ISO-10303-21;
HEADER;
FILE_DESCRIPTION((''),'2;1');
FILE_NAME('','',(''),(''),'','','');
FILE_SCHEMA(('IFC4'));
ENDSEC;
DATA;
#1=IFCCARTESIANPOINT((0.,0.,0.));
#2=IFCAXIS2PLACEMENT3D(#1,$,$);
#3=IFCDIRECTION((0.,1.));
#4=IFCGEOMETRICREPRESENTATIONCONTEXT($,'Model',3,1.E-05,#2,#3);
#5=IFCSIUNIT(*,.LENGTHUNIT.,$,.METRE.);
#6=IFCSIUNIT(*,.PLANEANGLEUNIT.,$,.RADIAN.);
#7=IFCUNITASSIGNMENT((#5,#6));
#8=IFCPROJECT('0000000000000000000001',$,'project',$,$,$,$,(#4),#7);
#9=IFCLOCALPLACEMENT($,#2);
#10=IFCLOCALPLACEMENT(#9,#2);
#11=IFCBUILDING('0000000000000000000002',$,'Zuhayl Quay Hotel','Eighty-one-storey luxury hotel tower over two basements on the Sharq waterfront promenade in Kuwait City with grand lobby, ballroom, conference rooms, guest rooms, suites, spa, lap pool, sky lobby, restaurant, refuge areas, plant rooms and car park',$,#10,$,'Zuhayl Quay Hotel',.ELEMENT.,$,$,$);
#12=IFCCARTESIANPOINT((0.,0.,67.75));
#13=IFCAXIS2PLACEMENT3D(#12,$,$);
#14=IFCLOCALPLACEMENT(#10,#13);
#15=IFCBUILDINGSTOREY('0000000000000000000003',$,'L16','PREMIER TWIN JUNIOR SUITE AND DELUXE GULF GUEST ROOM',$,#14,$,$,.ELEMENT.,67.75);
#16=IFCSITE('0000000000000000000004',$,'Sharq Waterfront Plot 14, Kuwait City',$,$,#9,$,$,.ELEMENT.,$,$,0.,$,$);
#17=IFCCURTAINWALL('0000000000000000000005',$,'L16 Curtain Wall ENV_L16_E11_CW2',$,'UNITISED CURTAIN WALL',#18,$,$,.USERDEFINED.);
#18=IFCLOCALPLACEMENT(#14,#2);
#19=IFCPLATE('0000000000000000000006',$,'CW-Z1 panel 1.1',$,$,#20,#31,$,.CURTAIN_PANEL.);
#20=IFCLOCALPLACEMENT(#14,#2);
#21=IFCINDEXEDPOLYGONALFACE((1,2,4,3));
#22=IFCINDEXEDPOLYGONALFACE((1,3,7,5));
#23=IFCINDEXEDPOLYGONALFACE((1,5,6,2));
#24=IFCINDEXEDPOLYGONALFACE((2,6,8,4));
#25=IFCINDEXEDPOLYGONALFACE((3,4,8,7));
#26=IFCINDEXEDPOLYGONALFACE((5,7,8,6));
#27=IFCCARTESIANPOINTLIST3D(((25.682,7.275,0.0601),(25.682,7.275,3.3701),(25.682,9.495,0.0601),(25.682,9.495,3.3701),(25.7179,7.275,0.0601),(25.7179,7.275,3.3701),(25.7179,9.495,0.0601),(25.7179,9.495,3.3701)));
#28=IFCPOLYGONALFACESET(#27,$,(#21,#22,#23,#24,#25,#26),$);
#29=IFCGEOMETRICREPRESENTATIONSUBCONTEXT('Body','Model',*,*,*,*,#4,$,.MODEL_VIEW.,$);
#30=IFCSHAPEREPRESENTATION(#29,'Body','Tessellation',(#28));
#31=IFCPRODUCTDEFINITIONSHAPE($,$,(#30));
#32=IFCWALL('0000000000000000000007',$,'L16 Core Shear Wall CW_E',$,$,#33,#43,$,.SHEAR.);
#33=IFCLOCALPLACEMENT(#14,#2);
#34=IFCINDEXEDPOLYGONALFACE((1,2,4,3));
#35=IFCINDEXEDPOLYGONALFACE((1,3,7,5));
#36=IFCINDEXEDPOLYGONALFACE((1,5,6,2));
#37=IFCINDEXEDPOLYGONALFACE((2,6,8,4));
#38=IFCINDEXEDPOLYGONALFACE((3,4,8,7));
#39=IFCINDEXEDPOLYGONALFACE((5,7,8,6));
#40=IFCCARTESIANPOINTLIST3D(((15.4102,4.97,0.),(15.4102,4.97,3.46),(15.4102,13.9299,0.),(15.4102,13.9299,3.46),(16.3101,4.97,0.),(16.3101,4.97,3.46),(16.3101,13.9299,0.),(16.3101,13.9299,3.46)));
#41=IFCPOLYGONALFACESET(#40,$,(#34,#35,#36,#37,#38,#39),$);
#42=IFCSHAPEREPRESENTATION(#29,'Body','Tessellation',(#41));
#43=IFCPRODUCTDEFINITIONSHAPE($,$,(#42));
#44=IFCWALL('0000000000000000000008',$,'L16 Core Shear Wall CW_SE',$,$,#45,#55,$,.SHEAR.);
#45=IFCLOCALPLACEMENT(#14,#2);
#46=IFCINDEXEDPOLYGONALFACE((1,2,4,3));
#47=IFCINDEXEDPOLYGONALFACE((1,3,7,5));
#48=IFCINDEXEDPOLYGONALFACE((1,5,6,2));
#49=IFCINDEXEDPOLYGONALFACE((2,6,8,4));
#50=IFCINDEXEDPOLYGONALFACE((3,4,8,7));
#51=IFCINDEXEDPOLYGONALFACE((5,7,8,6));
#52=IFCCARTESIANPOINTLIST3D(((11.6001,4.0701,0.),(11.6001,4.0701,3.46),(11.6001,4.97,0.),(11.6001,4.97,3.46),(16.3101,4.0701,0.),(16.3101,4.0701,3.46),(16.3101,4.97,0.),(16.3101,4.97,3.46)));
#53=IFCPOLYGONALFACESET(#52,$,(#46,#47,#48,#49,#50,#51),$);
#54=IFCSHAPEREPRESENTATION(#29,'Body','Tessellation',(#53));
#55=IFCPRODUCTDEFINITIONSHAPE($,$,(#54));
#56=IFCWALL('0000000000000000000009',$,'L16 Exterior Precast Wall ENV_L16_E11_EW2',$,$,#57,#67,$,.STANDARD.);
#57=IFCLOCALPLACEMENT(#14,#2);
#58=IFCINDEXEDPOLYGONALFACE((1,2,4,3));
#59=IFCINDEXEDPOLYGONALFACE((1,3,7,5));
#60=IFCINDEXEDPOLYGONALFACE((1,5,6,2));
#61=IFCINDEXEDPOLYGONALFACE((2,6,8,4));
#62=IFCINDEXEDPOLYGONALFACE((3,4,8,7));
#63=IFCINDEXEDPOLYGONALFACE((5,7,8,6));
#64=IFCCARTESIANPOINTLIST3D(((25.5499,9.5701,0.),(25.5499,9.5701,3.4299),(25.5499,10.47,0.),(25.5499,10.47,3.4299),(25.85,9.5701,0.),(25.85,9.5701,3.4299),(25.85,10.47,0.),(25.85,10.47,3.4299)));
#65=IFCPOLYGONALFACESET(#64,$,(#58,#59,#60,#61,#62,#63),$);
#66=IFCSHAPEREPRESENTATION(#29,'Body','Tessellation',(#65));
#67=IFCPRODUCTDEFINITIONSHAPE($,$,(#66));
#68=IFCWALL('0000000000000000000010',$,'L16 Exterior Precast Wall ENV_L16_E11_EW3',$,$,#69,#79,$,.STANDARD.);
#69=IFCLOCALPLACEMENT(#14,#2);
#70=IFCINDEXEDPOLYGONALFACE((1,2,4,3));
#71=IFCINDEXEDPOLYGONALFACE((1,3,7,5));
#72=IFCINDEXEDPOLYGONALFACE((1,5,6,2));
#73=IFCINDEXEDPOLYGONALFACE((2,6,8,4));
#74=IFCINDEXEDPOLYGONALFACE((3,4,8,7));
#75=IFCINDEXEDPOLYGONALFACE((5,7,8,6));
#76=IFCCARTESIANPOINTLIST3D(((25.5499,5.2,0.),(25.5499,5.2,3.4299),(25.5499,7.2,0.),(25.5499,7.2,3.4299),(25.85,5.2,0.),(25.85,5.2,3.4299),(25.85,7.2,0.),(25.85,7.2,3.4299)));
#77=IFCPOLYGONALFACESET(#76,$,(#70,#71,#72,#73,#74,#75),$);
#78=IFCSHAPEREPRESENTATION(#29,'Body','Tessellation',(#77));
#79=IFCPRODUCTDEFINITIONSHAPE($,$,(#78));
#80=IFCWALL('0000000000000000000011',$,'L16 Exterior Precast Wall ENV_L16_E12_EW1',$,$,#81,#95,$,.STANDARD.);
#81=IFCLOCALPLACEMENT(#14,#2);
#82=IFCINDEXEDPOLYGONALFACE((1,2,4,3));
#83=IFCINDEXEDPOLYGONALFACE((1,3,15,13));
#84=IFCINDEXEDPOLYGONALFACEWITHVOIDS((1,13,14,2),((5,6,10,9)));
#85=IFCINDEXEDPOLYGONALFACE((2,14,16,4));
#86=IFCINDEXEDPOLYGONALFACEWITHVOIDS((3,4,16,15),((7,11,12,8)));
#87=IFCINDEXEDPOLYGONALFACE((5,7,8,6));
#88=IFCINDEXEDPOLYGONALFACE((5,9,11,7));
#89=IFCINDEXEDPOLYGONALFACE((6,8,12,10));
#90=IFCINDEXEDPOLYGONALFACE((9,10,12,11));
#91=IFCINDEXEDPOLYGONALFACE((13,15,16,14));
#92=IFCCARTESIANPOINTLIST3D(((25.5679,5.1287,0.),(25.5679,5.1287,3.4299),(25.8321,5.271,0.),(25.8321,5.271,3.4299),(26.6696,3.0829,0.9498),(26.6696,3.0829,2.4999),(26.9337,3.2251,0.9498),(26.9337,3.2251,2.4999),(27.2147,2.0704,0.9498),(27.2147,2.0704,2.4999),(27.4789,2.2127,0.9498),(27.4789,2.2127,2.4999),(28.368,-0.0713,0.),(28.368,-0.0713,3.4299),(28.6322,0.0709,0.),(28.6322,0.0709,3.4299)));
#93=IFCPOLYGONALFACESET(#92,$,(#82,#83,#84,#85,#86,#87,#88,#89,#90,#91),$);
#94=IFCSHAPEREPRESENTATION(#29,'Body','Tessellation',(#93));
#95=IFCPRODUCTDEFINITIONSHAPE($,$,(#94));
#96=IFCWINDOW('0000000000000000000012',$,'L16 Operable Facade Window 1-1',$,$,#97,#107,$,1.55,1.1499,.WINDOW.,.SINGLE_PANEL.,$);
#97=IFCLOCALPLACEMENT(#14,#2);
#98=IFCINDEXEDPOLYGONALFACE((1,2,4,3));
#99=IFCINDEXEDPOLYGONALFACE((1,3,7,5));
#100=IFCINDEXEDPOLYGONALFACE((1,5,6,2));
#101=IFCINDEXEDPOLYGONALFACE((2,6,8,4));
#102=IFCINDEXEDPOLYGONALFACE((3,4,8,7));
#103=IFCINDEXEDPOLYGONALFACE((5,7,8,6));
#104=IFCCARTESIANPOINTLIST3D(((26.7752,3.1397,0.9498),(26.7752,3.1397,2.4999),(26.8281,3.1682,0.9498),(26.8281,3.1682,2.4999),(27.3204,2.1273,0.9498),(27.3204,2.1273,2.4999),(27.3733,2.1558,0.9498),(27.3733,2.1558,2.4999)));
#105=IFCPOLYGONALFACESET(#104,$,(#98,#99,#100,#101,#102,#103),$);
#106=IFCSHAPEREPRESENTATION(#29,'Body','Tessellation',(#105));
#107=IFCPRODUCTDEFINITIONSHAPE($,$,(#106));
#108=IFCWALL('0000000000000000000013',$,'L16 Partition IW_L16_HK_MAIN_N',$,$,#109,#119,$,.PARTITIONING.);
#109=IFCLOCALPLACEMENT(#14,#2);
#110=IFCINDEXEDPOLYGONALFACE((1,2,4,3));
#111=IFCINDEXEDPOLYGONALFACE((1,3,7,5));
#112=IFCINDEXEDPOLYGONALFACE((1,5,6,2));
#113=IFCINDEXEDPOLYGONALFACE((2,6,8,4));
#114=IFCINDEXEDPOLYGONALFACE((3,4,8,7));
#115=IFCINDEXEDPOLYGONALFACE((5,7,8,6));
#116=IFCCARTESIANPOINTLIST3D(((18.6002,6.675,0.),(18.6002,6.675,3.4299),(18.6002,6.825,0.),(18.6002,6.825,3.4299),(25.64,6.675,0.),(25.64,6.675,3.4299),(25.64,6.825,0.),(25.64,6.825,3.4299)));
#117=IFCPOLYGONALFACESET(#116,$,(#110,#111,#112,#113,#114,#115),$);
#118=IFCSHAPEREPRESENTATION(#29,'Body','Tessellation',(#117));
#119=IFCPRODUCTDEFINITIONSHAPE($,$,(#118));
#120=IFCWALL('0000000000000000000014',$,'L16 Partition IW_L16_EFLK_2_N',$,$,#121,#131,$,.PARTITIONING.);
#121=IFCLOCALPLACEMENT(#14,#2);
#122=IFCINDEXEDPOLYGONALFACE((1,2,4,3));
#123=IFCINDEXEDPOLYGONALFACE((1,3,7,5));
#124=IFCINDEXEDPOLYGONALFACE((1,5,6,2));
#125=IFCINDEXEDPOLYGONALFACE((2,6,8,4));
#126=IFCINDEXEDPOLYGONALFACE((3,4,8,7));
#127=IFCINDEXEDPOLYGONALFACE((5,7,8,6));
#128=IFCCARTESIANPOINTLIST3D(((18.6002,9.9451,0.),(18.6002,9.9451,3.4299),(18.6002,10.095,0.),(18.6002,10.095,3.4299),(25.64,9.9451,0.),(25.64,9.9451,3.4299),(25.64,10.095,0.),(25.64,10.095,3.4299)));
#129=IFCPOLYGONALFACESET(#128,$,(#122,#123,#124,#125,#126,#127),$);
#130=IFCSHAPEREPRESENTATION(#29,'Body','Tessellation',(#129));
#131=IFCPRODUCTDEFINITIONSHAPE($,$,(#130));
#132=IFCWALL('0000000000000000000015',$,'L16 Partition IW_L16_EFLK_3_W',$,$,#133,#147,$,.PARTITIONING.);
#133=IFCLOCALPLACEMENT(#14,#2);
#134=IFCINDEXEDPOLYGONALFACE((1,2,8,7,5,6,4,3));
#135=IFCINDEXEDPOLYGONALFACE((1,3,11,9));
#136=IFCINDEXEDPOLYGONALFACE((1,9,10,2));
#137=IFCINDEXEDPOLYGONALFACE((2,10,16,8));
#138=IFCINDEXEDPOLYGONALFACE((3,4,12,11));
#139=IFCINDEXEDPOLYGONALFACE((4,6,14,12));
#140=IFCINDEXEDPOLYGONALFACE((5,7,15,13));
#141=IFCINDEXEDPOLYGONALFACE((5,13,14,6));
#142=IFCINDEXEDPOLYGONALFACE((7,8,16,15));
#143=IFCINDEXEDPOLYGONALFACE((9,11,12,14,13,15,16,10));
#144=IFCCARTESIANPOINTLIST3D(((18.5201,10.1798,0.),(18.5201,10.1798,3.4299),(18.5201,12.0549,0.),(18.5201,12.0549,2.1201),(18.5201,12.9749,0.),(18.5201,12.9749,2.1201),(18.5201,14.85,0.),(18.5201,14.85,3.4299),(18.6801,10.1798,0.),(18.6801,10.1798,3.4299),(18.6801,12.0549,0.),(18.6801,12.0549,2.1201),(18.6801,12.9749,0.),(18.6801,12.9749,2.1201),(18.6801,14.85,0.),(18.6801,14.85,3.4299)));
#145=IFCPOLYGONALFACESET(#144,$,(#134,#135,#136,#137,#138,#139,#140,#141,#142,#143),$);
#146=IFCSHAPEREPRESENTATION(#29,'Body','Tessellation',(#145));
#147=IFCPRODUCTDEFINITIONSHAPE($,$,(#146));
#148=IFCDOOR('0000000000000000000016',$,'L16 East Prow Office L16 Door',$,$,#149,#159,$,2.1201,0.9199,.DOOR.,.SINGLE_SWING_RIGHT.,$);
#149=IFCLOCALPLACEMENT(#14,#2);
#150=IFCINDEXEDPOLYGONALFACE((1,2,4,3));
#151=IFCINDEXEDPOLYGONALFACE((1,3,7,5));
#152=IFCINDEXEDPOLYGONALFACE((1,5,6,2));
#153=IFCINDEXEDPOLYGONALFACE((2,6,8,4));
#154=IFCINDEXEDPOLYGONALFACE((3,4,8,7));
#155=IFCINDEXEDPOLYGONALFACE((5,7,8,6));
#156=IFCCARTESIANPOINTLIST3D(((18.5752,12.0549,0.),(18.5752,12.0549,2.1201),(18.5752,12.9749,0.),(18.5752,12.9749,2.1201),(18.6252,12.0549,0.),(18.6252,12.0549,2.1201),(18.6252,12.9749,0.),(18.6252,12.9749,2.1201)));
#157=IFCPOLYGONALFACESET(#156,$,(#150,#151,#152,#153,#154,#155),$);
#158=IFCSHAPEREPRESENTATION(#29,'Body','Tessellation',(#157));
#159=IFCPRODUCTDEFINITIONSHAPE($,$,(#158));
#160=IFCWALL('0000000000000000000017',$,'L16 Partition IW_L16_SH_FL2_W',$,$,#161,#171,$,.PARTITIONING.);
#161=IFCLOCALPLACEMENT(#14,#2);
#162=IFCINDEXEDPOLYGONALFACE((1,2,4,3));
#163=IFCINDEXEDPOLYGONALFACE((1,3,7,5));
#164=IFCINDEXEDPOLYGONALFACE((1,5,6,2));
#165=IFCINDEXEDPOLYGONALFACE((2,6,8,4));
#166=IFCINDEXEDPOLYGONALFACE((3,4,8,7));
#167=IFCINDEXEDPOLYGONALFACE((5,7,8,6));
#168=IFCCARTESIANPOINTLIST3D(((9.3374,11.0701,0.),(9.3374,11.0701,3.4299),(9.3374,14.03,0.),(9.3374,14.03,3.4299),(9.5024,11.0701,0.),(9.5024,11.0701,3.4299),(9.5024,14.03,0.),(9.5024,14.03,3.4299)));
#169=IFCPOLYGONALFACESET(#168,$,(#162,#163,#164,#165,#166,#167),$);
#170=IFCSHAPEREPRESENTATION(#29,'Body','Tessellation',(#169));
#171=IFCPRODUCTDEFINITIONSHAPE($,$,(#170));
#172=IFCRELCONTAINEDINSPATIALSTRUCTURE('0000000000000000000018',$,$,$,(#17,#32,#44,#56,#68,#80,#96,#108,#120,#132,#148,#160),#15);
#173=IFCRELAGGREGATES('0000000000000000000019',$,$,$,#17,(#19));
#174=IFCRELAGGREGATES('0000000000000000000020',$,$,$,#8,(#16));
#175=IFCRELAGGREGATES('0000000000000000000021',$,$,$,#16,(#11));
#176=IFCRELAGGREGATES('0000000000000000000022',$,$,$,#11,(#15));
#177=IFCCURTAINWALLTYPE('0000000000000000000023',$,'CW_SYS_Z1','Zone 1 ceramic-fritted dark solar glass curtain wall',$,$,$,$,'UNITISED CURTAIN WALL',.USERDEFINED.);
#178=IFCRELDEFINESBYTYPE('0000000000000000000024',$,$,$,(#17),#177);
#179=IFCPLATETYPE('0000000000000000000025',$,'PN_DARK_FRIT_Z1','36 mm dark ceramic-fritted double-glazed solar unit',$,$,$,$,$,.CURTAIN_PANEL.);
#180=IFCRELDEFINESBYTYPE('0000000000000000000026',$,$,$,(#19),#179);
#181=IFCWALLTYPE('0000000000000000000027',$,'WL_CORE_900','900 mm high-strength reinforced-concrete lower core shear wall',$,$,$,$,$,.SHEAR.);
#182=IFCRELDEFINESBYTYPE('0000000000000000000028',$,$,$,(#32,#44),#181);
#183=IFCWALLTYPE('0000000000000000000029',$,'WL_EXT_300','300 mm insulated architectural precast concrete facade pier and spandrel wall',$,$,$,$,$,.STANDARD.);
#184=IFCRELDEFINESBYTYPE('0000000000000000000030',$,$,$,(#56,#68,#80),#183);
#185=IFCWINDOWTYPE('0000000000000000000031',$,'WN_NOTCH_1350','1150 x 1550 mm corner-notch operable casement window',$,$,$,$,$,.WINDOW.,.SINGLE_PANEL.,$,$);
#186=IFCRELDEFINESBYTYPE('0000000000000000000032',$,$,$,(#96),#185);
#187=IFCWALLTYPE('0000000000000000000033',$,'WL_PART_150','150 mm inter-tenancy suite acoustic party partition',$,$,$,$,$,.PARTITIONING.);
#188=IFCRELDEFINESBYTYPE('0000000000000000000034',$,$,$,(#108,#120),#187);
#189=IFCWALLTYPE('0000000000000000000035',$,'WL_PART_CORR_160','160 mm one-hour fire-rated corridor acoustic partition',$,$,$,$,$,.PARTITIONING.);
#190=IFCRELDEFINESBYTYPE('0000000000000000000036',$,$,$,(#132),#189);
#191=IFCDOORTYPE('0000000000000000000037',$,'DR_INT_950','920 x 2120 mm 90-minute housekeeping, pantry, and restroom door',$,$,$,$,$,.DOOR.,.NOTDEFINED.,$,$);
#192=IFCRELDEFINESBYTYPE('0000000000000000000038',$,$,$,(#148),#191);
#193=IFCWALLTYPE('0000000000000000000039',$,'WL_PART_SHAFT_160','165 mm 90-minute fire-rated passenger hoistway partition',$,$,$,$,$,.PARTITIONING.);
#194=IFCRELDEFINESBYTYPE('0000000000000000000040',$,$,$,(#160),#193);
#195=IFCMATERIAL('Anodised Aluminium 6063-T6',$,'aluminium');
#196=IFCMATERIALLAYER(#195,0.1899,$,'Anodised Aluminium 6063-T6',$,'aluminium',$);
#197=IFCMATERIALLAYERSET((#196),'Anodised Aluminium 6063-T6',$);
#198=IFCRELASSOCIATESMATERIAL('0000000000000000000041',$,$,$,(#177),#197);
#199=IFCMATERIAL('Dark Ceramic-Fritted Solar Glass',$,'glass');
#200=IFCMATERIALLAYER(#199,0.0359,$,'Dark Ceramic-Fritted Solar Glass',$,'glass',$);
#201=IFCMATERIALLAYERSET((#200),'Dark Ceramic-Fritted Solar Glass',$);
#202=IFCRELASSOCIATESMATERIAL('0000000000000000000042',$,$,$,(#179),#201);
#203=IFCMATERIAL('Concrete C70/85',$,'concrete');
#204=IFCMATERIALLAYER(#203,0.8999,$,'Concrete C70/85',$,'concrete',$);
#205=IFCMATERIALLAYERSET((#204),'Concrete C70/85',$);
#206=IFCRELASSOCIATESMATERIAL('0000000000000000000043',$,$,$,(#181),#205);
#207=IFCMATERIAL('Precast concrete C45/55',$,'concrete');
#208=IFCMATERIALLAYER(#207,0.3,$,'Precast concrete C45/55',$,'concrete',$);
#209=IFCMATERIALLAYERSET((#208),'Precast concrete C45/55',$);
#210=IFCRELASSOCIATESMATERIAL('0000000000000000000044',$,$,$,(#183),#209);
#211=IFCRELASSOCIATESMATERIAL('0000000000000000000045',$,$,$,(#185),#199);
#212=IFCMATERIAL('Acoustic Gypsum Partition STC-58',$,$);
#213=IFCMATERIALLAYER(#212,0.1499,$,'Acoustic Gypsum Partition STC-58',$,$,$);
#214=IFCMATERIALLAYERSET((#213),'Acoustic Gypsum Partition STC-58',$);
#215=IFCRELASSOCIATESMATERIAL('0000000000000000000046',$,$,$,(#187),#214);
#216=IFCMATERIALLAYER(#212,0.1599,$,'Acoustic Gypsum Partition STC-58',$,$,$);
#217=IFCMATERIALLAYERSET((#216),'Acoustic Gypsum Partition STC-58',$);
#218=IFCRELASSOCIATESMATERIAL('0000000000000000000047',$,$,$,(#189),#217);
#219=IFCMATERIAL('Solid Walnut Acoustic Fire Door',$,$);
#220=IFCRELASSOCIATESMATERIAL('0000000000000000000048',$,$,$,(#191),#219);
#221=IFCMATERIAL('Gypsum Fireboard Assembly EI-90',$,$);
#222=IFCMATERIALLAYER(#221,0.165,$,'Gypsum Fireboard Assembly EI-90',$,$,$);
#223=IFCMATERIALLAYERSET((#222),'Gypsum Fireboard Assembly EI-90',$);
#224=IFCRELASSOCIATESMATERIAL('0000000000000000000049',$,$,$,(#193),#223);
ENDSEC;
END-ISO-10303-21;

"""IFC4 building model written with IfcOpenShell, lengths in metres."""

from ifc_helpers import new_model, si_unit, direction, frame, frame_2d, origin, origin_2d, place, context, subcontext, project, spatial, rectangle, extrude, material, layer, layer_set, type_object, element, fill, aggregate, save


model = new_model("IFC4")

# Units and contexts
model_context = context("Model", 3, precision=1e-05, world=origin(), true_north=direction((0.0, 1.0)))
body_context = subcontext(model_context, "Body", "Model", "MODEL_VIEW")
ifc_project = project(units=[si_unit("LENGTHUNIT", "METRE"), si_unit("PLANEANGLEUNIT", "RADIAN")], contexts=[model_context])

# Site, building, storey
site_placement = place(None, origin())
site = spatial("IfcSite", under=ifc_project, at=site_placement, Name="Sharq Waterfront Plot 14, Kuwait City", CompositionType="ELEMENT", RefElevation=0.0)
building_placement = place(site_placement, origin())
building = spatial("IfcBuilding", under=site, at=building_placement, Name="Zuhayl Quay Hotel", Description="Eighty-one-storey luxury hotel tower over two basements on the Sharq waterfront promenade in Kuwait City with grand lobby, ballroom, conference rooms, guest rooms, suites, spa, lap pool, sky lobby, restaurant, refuge areas, plant rooms and car park", LongName="Zuhayl Quay Hotel", CompositionType="ELEMENT")
storey_placement = place(building_placement, frame((0.0, 0.0, 67.75)))
storey = spatial("IfcBuildingStorey", under=building, at=storey_placement, Name="L16", Description="PREMIER TWIN JUNIOR SUITE AND DELUXE GULF GUEST ROOM", CompositionType="ELEMENT", Elevation=67.75)

# Shared definitions
ifc_material_1 = material(Name="Concrete C70/85", Category="concrete")

# Shared definitions
ifc_material_2 = material(Name="Anodised Aluminium 6063-T6", Category="aluminium")
ifc_layer_1 = layer(ifc_material_2, 0.1899, Name="Anodised Aluminium 6063-T6", Category="aluminium")
ifc_layer_set_1 = layer_set([ifc_layer_1], Name="Anodised Aluminium 6063-T6")
curtain_wall_type = type_object("IfcCurtainWallType", Name="CW_SYS_Z1", Description="Zone 1 ceramic-fritted dark solar glass curtain wall", ElementType="UNITISED CURTAIN WALL", PredefinedType="USERDEFINED", material=ifc_layer_set_1)

# Curtain wall
curtain_wall_1_placement = place(storey_placement, origin())
curtain_wall_1 = element("IfcCurtainWall", 1, at=curtain_wall_1_placement, inside=storey, type_object=curtain_wall_type, Name="L16 Curtain Wall ENV_L16_E11_CW2", ObjectType="UNITISED CURTAIN WALL", PredefinedType="USERDEFINED")

# Plate
ifc_material_3 = material(Name="Dark Ceramic-Fritted Solar Glass", Category="glass")
ifc_layer_2 = layer(ifc_material_3, 0.0359, Name="Dark Ceramic-Fritted Solar Glass", Category="glass")
ifc_layer_set_2 = layer_set([ifc_layer_2], Name="Dark Ceramic-Fritted Solar Glass")
plate_type = type_object("IfcPlateType", Name="PN_DARK_FRIT_Z1", Description="36 mm dark ceramic-fritted double-glazed solar unit", PredefinedType="CURTAIN_PANEL", material=ifc_layer_set_2)
plate_1_placement = place(storey_placement, frame((25.7, 8.385, 0.0601), z_axis=(0.0, 0.0, 1.0), x_axis=(0.0, -1.0, 0.0)))
plate_1 = element("IfcPlate", 2, at=plate_1_placement, type_object=plate_type, Name="CW-Z1 panel 1.1", PredefinedType="CURTAIN_PANEL", context=body_context, shape_type="SweptSolid", body=[
    extrude(rectangle(XDim=2.22, YDim=0.0359, at=origin_2d()), origin(), (0.0, 0.0, 1.0), 3.3101),
])
aggregate(curtain_wall_1, [plate_1])

# Walls
ifc_layer_3 = layer(ifc_material_1, 0.8999, Name="Concrete C70/85", Category="concrete")
ifc_layer_set_3 = layer_set([ifc_layer_3], Name="Concrete C70/85")
wall_type_1 = type_object("IfcWallType", Name="WL_CORE_900", Description="900 mm high-strength reinforced-concrete lower core shear wall", PredefinedType="SHEAR", material=ifc_layer_set_3)
wall_1_placement = place(storey_placement, frame((15.8601, 4.97, 0.0), z_axis=(0.0, 0.0, 1.0), x_axis=(0.0, 1.0, 0.0)))
element("IfcWall", 3, at=wall_1_placement, inside=storey, type_object=wall_type_1, Name="L16 Core Shear Wall CW_E", PredefinedType="SHEAR", context=body_context, shape_type="SweptSolid", body=[
    extrude(rectangle(XDim=8.96, YDim=0.8999, at=frame_2d((4.48, 0.0))), origin(), (0.0, 0.0, 1.0), 3.46),
])
wall_2_placement = place(storey_placement, frame((11.6001, 4.52, 0.0), z_axis=(0.0, 0.0, 1.0), x_axis=(1.0, 0.0, 0.0)))
element("IfcWall", 4, at=wall_2_placement, inside=storey, type_object=wall_type_1, Name="L16 Core Shear Wall CW_SE", PredefinedType="SHEAR", context=body_context, shape_type="SweptSolid", body=[
    extrude(rectangle(XDim=4.71, YDim=0.8999, at=frame_2d((2.355, 0.0))), origin(), (0.0, 0.0, 1.0), 3.46),
])
ifc_material_4 = material(Name="Precast concrete C45/55", Category="concrete")
ifc_layer_4 = layer(ifc_material_4, 0.3, Name="Precast concrete C45/55", Category="concrete")
ifc_layer_set_4 = layer_set([ifc_layer_4], Name="Precast concrete C45/55")
wall_type_2 = type_object("IfcWallType", Name="WL_EXT_300", Description="300 mm insulated architectural precast concrete facade pier and spandrel wall", PredefinedType="STANDARD", material=ifc_layer_set_4)
wall_3_placement = place(storey_placement, frame((25.7, 10.47, 0.0), z_axis=(0.0, 0.0, 1.0), x_axis=(0.0, -1.0, 0.0)))
element("IfcWall", 5, at=wall_3_placement, inside=storey, type_object=wall_type_2, Name="L16 Exterior Precast Wall ENV_L16_E11_EW2", PredefinedType="STANDARD", context=body_context, shape_type="SweptSolid", body=[
    extrude(rectangle(XDim=0.8999, YDim=0.3, at=frame_2d((0.45, 0.0))), origin(), (0.0, 0.0, 1.0), 3.4299),
])
wall_4_placement = place(storey_placement, frame((25.7, 7.2, 0.0), z_axis=(0.0, 0.0, 1.0), x_axis=(0.0, -1.0, 0.0)))
element("IfcWall", 6, at=wall_4_placement, inside=storey, type_object=wall_type_2, Name="L16 Exterior Precast Wall ENV_L16_E11_EW3", PredefinedType="STANDARD", context=body_context, shape_type="SweptSolid", body=[
    extrude(rectangle(XDim=2.0, YDim=0.3, at=frame_2d((1.0, 0.0))), origin(), (0.0, 0.0, 1.0), 3.4299),
])

# Wall, opening, window
wall_5_placement = place(storey_placement, frame((25.7, 5.2, 0.0), z_axis=(0.0, 0.0, 1.0), x_axis=(0.47411, -0.880466, 0.0)))
wall_5 = element("IfcWall", 7, at=wall_5_placement, inside=storey, type_object=wall_type_2, Name="L16 Exterior Precast Wall ENV_L16_E12_EW1", PredefinedType="STANDARD", context=body_context, shape_type="SweptSolid", body=[
    extrude(rectangle(XDim=5.906, YDim=0.3, at=frame_2d((2.9531, 0.0))), origin(), (0.0, 0.0, 1.0), 3.4299),
])
opening_1_placement = place(wall_5_placement, frame((2.3237, 0.0, 0.95)))
opening_1 = element("IfcOpeningElement", 8, at=opening_1_placement, cuts=wall_5, PredefinedType="OPENING", context=body_context, shape_type="SweptSolid", body=[
    extrude(rectangle(XDim=1.1499, YDim=1.55, at=frame_2d((0.575, 0.7749))), frame((0.0, 0.1599, 0.0), z_axis=(0.0, -1.0, 0.0), x_axis=(1.0, 0.0, 0.0)), (0.0, 0.0, 1.0), 0.3201),
])
window_type = type_object("IfcWindowType", Name="WN_NOTCH_1350", Description="1150 x 1550 mm corner-notch operable casement window", PartitioningType="SINGLE_PANEL", PredefinedType="WINDOW", material=ifc_material_3)
window_placement = place(opening_1_placement, origin())
window = element("IfcWindow", 9, at=window_placement, inside=storey, type_object=window_type, Name="L16 Operable Facade Window 1-1", OverallHeight=1.55, OverallWidth=1.1499, PartitioningType="SINGLE_PANEL", PredefinedType="WINDOW", context=body_context, shape_type="SweptSolid", body=[
    extrude(rectangle(XDim=1.1499, YDim=1.55, at=frame_2d((0.575, 0.7749))), frame((0.0, 0.03, 0.0), z_axis=(0.0, -1.0, 0.0), x_axis=(1.0, 0.0, 0.0)), (0.0, 0.0, 1.0), 0.0601),
])
fill(opening_1, window)

# Walls
ifc_material_5 = material(Name="Acoustic Gypsum Partition STC-58")
ifc_layer_5 = layer(ifc_material_5, 0.1499, Name="Acoustic Gypsum Partition STC-58")
ifc_layer_set_5 = layer_set([ifc_layer_5], Name="Acoustic Gypsum Partition STC-58")
wall_type_3 = type_object("IfcWallType", Name="WL_PART_150", Description="150 mm inter-tenancy suite acoustic party partition", PredefinedType="PARTITIONING", material=ifc_layer_set_5)
for number, where, z_axis, x_axis, name in (
    (10, (18.6001, 6.75, 0.0), (0.0, 0.0, 1.0), (1.0, 0.0, 0.0), "L16 Partition IW_L16_HK_MAIN_N"),
    (11, (18.6001, 10.02, 0.0), (0.0, 0.0, 1.0), (1.0, 0.0, 0.0), "L16 Partition IW_L16_EFLK_2_N"),
):
    element("IfcWall", number, at=place(storey_placement, frame(where, z_axis=z_axis, x_axis=x_axis)), inside=storey, type_object=wall_type_3, Name=name, PredefinedType="PARTITIONING", context=body_context, shape_type="SweptSolid", body=[
        extrude(rectangle(XDim=7.0398, YDim=0.1499, at=frame_2d((3.52, 0.0))), origin(), (0.0, 0.0, 1.0), 3.4299),
    ])

# Wall, opening, door
ifc_layer_6 = layer(ifc_material_5, 0.1599, Name="Acoustic Gypsum Partition STC-58")
ifc_layer_set_6 = layer_set([ifc_layer_6], Name="Acoustic Gypsum Partition STC-58")
wall_type_4 = type_object("IfcWallType", Name="WL_PART_CORR_160", Description="160 mm one-hour fire-rated corridor acoustic partition", PredefinedType="PARTITIONING", material=ifc_layer_set_6)
ifc_material_6 = material(Name="Solid Walnut Acoustic Fire Door")
door_type_1 = type_object("IfcDoorType", Name="DR_INT_950", Description="920 x 2120 mm 90-minute housekeeping, pantry, and restroom door", OperationType="NOTDEFINED", PredefinedType="DOOR", material=ifc_material_6)
wall_6_placement = place(storey_placement, frame((18.6001, 10.1799, 0.0), z_axis=(0.0, 0.0, 1.0), x_axis=(0.0, 1.0, 0.0)))
wall_6 = element("IfcWall", 12, at=wall_6_placement, inside=storey, type_object=wall_type_4, Name="L16 Partition IW_L16_EFLK_3_W", PredefinedType="PARTITIONING", context=body_context, shape_type="SweptSolid", body=[
    extrude(rectangle(XDim=4.6702, YDim=0.1599, at=frame_2d((2.335, 0.0))), origin(), (0.0, 0.0, 1.0), 3.4299),
])
opening_2_placement = place(wall_6_placement, frame((1.875, 0.0, 0.0)))
opening_2 = element("IfcOpeningElement", 13, at=opening_2_placement, cuts=wall_6, PredefinedType="OPENING", context=body_context, shape_type="SweptSolid", body=[
    extrude(rectangle(XDim=0.9199, YDim=2.1201, at=frame_2d((0.46, 1.0601))), frame((0.0, 0.0898, 0.0), z_axis=(0.0, -1.0, 0.0), x_axis=(1.0, 0.0, 0.0)), (0.0, 0.0, 1.0), 0.1799),
])
door_1_placement = place(opening_2_placement, origin())
door_1 = element("IfcDoor", 14, at=door_1_placement, inside=storey, type_object=door_type_1, Name="L16 East Prow Office L16 Door", OperationType="SINGLE_SWING_RIGHT", OverallHeight=2.1201, OverallWidth=0.9199, PredefinedType="DOOR", context=body_context, shape_type="SweptSolid", body=[
    extrude(rectangle(XDim=0.9199, YDim=2.1201, at=frame_2d((0.46, 1.0601))), frame((0.0, 0.0249, 0.0), z_axis=(0.0, -1.0, 0.0), x_axis=(1.0, 0.0, 0.0)), (0.0, 0.0, 1.0), 0.05),
])
fill(opening_2, door_1)

# Wall
ifc_material_7 = material(Name="Gypsum Fireboard Assembly EI-90")
ifc_layer_7 = layer(ifc_material_7, 0.165, Name="Gypsum Fireboard Assembly EI-90")
ifc_layer_set_7 = layer_set([ifc_layer_7], Name="Gypsum Fireboard Assembly EI-90")
wall_type_5 = type_object("IfcWallType", Name="WL_PART_SHAFT_160", Description="165 mm 90-minute fire-rated passenger hoistway partition", PredefinedType="PARTITIONING", material=ifc_layer_set_7)
wall_7_placement = place(storey_placement, frame((9.4199, 11.0701, 0.0), z_axis=(0.0, 0.0, 1.0), x_axis=(0.0, 1.0, 0.0)))
element("IfcWall", 15, at=wall_7_placement, inside=storey, type_object=wall_type_5, Name="L16 Partition IW_L16_SH_FL2_W", PredefinedType="PARTITIONING", context=body_context, shape_type="SweptSolid", body=[
    extrude(rectangle(XDim=2.96, YDim=0.165, at=frame_2d((1.48, 0.0))), origin(), (0.0, 0.0, 1.0), 3.4299),
])

save(model, "model.ifc")
